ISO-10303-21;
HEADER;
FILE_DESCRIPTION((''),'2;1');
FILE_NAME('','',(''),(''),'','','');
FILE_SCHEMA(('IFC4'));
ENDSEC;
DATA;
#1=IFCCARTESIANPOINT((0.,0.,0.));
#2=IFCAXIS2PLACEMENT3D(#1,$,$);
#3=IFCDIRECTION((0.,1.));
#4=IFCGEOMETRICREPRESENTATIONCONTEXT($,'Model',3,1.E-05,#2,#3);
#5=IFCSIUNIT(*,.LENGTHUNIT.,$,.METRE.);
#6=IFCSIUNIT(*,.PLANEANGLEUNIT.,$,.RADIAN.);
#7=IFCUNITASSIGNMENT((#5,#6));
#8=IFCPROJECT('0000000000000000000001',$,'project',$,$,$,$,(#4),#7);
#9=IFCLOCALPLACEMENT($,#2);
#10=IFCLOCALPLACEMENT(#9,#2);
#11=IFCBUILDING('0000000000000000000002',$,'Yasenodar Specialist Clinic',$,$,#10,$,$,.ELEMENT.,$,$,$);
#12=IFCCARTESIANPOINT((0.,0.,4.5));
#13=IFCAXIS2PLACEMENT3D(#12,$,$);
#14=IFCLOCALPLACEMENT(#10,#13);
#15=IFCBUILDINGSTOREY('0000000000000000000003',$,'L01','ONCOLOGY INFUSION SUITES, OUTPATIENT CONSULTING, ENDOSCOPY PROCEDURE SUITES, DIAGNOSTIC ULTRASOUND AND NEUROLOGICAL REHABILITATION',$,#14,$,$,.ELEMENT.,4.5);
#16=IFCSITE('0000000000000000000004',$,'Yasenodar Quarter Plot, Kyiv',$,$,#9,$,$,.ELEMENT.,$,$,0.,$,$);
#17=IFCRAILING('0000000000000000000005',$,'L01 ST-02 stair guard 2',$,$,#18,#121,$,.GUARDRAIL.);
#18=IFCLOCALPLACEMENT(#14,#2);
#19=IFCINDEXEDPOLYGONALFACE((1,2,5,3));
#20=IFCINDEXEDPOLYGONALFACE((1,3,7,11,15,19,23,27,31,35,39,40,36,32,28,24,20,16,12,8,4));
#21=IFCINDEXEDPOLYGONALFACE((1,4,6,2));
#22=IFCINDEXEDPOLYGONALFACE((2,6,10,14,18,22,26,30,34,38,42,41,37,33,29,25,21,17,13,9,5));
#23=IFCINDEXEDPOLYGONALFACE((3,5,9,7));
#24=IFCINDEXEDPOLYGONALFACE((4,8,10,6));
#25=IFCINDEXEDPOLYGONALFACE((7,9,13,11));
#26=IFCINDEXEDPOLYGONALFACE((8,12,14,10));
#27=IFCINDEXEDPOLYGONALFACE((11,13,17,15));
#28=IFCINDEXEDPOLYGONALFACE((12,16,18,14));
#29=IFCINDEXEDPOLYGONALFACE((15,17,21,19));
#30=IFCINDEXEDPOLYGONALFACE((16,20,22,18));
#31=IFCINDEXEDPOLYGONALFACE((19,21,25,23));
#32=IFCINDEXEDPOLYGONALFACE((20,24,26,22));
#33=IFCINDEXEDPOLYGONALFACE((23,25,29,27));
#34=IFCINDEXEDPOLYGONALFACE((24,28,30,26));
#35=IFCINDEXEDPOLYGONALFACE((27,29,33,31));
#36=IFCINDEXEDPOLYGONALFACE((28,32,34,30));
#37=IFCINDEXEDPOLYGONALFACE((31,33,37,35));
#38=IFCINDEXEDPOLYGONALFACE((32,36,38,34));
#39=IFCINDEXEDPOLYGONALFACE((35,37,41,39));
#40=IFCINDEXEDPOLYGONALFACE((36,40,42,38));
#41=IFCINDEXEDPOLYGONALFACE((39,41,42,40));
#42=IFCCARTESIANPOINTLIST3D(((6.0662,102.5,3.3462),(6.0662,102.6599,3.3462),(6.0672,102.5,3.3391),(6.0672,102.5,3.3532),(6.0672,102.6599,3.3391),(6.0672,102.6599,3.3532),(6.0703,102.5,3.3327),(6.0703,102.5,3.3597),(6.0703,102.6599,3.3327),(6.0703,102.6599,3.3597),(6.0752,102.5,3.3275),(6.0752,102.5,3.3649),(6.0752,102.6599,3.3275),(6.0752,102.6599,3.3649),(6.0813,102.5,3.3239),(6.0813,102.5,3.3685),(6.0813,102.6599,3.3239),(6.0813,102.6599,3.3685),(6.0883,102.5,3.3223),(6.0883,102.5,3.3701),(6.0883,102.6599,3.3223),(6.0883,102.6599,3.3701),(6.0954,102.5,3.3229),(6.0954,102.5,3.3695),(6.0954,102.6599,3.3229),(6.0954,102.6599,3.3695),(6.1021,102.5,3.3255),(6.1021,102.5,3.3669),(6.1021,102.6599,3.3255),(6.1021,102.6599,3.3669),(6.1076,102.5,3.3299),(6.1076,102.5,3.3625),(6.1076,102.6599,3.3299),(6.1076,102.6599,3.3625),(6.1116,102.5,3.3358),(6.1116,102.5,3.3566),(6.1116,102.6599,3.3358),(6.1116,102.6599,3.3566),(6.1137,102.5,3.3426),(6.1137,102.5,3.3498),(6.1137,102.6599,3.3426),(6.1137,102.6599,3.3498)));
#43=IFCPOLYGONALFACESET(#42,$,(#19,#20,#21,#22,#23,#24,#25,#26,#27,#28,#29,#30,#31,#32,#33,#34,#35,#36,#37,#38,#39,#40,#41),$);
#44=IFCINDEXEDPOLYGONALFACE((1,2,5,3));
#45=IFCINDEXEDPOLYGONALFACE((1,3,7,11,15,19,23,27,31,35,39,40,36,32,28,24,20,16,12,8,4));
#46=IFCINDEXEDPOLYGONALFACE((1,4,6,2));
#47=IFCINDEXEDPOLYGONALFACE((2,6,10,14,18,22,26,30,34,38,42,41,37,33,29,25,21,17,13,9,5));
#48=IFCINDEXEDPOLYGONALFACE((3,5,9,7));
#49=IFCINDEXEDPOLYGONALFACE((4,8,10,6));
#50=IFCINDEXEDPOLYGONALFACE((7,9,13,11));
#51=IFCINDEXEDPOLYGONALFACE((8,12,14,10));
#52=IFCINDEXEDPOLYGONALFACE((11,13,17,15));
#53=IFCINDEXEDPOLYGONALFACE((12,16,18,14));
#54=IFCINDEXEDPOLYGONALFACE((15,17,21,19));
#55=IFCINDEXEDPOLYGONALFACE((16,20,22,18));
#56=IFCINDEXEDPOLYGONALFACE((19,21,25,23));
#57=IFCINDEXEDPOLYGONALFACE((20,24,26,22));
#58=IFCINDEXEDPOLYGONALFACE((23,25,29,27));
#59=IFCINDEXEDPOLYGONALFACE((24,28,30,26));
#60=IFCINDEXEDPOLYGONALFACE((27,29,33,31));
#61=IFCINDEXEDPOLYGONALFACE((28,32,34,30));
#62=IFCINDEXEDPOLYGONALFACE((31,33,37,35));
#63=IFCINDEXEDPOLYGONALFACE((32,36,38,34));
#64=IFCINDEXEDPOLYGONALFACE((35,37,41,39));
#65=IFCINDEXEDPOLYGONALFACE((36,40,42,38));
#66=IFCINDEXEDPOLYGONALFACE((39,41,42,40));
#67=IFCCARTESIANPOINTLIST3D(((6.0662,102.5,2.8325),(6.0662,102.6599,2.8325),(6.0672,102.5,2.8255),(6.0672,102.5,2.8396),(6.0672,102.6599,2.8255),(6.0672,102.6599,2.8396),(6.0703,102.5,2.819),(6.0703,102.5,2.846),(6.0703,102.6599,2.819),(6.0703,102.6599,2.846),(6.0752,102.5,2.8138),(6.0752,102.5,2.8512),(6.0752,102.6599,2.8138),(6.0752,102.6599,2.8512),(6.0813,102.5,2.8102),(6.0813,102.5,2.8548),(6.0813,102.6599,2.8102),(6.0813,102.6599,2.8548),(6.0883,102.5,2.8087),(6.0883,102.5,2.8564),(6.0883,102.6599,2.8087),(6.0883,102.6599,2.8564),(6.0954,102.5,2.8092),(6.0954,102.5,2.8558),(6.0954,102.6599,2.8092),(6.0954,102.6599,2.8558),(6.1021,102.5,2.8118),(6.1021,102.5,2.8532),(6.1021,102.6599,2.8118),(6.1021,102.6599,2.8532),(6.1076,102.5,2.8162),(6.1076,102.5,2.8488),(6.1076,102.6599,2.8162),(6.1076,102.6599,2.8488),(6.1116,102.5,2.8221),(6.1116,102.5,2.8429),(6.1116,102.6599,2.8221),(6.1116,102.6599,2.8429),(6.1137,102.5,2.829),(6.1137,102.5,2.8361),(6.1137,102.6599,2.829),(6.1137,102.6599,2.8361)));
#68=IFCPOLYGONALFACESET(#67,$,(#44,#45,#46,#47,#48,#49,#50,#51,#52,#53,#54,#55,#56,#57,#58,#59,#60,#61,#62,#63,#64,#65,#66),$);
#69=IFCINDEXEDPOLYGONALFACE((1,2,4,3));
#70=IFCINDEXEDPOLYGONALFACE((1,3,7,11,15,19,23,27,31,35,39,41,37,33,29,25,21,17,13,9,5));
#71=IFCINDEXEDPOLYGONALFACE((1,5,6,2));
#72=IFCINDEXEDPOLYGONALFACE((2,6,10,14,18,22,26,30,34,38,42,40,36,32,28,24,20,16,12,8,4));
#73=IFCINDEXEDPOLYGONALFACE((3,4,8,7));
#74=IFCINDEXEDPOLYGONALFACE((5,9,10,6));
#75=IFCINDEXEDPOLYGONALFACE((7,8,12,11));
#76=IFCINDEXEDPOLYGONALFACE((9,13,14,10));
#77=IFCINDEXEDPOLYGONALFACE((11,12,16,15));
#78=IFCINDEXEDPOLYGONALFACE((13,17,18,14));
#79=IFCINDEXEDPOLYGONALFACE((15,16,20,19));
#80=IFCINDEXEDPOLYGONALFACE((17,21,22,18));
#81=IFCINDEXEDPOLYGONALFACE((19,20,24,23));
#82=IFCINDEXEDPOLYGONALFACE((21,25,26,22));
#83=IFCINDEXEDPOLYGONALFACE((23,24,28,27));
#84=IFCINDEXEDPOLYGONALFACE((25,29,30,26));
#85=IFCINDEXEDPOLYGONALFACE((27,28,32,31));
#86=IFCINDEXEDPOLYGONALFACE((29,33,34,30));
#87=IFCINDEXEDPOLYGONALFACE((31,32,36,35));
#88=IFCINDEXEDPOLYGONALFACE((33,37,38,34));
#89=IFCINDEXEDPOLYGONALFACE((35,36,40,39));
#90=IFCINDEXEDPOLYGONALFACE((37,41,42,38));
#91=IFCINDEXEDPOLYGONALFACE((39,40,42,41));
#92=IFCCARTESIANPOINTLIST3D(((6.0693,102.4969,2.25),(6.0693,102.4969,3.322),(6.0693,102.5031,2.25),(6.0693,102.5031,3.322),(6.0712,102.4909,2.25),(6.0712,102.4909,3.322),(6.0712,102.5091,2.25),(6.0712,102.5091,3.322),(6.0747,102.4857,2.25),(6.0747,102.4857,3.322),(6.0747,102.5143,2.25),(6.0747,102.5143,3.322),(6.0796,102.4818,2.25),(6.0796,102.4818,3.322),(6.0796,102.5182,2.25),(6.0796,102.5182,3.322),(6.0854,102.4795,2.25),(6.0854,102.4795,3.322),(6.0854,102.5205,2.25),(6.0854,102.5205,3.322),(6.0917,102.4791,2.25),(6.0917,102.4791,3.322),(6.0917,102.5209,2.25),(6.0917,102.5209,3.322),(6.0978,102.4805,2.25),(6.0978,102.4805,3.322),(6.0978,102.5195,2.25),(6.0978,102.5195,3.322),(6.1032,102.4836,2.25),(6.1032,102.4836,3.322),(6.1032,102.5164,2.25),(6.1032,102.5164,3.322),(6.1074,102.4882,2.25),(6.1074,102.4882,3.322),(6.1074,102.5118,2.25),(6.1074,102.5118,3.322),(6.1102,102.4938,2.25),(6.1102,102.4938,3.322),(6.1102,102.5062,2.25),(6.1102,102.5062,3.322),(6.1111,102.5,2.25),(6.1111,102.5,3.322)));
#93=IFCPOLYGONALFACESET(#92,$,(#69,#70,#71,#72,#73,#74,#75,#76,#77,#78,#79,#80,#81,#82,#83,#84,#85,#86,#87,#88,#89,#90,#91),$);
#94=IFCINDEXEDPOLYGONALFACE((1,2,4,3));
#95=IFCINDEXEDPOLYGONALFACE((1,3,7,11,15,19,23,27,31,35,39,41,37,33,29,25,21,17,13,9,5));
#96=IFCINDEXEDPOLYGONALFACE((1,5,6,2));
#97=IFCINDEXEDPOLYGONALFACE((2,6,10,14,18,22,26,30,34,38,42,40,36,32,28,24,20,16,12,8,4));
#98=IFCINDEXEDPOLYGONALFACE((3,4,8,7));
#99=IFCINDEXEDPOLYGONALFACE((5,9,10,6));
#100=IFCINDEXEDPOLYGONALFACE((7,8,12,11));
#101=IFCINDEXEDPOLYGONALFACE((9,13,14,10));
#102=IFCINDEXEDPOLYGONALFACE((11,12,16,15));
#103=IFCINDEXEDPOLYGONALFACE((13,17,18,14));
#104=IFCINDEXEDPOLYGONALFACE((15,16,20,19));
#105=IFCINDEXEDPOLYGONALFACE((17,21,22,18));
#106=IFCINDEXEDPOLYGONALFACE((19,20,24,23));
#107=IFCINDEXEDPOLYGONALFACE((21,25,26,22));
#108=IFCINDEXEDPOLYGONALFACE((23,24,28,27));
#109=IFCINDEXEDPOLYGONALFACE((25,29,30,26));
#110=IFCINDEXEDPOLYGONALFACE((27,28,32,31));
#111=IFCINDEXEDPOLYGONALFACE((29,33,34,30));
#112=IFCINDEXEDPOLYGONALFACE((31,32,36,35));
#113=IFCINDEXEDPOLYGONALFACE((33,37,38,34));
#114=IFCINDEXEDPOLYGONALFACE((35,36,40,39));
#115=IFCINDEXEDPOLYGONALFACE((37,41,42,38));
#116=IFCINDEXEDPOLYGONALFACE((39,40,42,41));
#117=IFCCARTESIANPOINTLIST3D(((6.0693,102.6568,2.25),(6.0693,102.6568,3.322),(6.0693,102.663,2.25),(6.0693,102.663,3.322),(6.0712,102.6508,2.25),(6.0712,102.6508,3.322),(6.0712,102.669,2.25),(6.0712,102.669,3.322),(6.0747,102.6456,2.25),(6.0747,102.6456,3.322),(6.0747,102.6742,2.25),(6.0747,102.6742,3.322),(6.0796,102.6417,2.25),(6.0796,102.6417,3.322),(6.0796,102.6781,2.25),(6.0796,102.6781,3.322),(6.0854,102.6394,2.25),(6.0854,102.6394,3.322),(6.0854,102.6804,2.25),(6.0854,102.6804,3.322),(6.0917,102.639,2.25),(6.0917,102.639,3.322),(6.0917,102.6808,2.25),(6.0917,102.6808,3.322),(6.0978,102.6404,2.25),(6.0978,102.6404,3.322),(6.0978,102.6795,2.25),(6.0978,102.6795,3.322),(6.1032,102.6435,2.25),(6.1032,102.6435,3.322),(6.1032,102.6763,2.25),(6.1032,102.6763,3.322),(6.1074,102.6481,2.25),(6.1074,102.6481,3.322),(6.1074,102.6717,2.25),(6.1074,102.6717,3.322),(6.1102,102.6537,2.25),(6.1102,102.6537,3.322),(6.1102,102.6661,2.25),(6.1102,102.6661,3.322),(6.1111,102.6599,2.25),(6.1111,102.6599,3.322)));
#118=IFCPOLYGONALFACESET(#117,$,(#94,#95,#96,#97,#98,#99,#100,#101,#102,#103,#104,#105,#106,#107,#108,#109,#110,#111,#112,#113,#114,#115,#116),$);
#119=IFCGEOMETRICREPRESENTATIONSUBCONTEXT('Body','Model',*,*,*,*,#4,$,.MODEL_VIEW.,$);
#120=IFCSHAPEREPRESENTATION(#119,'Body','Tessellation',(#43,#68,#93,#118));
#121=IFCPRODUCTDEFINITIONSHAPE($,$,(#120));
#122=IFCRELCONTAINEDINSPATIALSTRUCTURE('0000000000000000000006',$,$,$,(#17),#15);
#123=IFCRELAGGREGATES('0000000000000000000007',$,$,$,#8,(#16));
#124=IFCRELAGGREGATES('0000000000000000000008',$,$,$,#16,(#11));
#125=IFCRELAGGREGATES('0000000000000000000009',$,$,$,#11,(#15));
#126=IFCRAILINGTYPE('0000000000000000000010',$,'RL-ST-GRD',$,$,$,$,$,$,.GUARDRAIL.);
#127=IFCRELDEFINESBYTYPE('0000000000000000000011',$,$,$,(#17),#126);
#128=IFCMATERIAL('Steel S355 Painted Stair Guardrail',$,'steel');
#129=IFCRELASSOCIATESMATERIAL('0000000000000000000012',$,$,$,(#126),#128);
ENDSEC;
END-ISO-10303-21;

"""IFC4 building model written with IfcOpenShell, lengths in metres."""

from ifc_helpers import new_model, si_unit, direction, frame, origin, origin_2d, place, context, subcontext, project, spatial, circle, extrude, material, type_object, element, save


model = new_model("IFC4")

# Units and contexts
model_context = context("Model", 3, precision=1e-05, world=origin(), true_north=direction((0.0, 1.0)))
body_context = subcontext(model_context, "Body", "Model", "MODEL_VIEW")
ifc_project = project(units=[si_unit("LENGTHUNIT", "METRE"), si_unit("PLANEANGLEUNIT", "RADIAN")], contexts=[model_context])

# Site, building, storey
site_placement = place(None, origin())
site = spatial("IfcSite", under=ifc_project, at=site_placement, Name="Yasenodar Quarter Plot, Kyiv", CompositionType="ELEMENT", RefElevation=0.0)
building_placement = place(site_placement, origin())
building = spatial("IfcBuilding", under=site, at=building_placement, Name="Yasenodar Specialist Clinic", CompositionType="ELEMENT")
storey_placement = place(building_placement, frame((0.0, 0.0, 4.5)))
storey = spatial("IfcBuildingStorey", under=building, at=storey_placement, Name="L01", Description="ONCOLOGY INFUSION SUITES, OUTPATIENT CONSULTING, ENDOSCOPY PROCEDURE SUITES, DIAGNOSTIC ULTRASOUND AND NEUROLOGICAL REHABILITATION", CompositionType="ELEMENT", Elevation=4.5)

# Railing
ifc_material_1 = material(Name="Steel S355 Painted Stair Guardrail", Category="steel")
railing_type_1 = type_object("IfcRailingType", Name="RL-ST-GRD", PredefinedType="GUARDRAIL", material=ifc_material_1)
railing_1_placement = place(storey_placement, frame((6.0901, 102.5, 2.25)))
element("IfcRailing", 1, at=railing_1_placement, inside=storey, type_object=railing_type_1, Name="L01 ST-02 stair guard 2", PredefinedType="GUARDRAIL", context=body_context, shape_type="SweptSolid", body=[
    extrude(circle(Radius=0.0239, at=origin_2d()), frame((0.0, 0.0, 1.0962), z_axis=(0.0, 1.0, 0.0), x_axis=(-1.0, 0.0, 0.0)), (0.0, 0.0, 1.0), 0.1599),
    extrude(circle(Radius=0.0239, at=origin_2d()), frame((0.0, 0.0, 0.5825), z_axis=(0.0, 1.0, 0.0), x_axis=(-1.0, 0.0, 0.0)), (0.0, 0.0, 1.0), 0.1599),
    extrude(circle(Radius=0.021, at=origin_2d()), origin(), (0.0, 0.0, 1.0), 1.072),
    extrude(circle(Radius=0.021, at=origin_2d()), frame((0.0, 0.1599, 0.0)), (0.0, 0.0, 1.0), 1.072),
])

save(model, "model.ifc")
